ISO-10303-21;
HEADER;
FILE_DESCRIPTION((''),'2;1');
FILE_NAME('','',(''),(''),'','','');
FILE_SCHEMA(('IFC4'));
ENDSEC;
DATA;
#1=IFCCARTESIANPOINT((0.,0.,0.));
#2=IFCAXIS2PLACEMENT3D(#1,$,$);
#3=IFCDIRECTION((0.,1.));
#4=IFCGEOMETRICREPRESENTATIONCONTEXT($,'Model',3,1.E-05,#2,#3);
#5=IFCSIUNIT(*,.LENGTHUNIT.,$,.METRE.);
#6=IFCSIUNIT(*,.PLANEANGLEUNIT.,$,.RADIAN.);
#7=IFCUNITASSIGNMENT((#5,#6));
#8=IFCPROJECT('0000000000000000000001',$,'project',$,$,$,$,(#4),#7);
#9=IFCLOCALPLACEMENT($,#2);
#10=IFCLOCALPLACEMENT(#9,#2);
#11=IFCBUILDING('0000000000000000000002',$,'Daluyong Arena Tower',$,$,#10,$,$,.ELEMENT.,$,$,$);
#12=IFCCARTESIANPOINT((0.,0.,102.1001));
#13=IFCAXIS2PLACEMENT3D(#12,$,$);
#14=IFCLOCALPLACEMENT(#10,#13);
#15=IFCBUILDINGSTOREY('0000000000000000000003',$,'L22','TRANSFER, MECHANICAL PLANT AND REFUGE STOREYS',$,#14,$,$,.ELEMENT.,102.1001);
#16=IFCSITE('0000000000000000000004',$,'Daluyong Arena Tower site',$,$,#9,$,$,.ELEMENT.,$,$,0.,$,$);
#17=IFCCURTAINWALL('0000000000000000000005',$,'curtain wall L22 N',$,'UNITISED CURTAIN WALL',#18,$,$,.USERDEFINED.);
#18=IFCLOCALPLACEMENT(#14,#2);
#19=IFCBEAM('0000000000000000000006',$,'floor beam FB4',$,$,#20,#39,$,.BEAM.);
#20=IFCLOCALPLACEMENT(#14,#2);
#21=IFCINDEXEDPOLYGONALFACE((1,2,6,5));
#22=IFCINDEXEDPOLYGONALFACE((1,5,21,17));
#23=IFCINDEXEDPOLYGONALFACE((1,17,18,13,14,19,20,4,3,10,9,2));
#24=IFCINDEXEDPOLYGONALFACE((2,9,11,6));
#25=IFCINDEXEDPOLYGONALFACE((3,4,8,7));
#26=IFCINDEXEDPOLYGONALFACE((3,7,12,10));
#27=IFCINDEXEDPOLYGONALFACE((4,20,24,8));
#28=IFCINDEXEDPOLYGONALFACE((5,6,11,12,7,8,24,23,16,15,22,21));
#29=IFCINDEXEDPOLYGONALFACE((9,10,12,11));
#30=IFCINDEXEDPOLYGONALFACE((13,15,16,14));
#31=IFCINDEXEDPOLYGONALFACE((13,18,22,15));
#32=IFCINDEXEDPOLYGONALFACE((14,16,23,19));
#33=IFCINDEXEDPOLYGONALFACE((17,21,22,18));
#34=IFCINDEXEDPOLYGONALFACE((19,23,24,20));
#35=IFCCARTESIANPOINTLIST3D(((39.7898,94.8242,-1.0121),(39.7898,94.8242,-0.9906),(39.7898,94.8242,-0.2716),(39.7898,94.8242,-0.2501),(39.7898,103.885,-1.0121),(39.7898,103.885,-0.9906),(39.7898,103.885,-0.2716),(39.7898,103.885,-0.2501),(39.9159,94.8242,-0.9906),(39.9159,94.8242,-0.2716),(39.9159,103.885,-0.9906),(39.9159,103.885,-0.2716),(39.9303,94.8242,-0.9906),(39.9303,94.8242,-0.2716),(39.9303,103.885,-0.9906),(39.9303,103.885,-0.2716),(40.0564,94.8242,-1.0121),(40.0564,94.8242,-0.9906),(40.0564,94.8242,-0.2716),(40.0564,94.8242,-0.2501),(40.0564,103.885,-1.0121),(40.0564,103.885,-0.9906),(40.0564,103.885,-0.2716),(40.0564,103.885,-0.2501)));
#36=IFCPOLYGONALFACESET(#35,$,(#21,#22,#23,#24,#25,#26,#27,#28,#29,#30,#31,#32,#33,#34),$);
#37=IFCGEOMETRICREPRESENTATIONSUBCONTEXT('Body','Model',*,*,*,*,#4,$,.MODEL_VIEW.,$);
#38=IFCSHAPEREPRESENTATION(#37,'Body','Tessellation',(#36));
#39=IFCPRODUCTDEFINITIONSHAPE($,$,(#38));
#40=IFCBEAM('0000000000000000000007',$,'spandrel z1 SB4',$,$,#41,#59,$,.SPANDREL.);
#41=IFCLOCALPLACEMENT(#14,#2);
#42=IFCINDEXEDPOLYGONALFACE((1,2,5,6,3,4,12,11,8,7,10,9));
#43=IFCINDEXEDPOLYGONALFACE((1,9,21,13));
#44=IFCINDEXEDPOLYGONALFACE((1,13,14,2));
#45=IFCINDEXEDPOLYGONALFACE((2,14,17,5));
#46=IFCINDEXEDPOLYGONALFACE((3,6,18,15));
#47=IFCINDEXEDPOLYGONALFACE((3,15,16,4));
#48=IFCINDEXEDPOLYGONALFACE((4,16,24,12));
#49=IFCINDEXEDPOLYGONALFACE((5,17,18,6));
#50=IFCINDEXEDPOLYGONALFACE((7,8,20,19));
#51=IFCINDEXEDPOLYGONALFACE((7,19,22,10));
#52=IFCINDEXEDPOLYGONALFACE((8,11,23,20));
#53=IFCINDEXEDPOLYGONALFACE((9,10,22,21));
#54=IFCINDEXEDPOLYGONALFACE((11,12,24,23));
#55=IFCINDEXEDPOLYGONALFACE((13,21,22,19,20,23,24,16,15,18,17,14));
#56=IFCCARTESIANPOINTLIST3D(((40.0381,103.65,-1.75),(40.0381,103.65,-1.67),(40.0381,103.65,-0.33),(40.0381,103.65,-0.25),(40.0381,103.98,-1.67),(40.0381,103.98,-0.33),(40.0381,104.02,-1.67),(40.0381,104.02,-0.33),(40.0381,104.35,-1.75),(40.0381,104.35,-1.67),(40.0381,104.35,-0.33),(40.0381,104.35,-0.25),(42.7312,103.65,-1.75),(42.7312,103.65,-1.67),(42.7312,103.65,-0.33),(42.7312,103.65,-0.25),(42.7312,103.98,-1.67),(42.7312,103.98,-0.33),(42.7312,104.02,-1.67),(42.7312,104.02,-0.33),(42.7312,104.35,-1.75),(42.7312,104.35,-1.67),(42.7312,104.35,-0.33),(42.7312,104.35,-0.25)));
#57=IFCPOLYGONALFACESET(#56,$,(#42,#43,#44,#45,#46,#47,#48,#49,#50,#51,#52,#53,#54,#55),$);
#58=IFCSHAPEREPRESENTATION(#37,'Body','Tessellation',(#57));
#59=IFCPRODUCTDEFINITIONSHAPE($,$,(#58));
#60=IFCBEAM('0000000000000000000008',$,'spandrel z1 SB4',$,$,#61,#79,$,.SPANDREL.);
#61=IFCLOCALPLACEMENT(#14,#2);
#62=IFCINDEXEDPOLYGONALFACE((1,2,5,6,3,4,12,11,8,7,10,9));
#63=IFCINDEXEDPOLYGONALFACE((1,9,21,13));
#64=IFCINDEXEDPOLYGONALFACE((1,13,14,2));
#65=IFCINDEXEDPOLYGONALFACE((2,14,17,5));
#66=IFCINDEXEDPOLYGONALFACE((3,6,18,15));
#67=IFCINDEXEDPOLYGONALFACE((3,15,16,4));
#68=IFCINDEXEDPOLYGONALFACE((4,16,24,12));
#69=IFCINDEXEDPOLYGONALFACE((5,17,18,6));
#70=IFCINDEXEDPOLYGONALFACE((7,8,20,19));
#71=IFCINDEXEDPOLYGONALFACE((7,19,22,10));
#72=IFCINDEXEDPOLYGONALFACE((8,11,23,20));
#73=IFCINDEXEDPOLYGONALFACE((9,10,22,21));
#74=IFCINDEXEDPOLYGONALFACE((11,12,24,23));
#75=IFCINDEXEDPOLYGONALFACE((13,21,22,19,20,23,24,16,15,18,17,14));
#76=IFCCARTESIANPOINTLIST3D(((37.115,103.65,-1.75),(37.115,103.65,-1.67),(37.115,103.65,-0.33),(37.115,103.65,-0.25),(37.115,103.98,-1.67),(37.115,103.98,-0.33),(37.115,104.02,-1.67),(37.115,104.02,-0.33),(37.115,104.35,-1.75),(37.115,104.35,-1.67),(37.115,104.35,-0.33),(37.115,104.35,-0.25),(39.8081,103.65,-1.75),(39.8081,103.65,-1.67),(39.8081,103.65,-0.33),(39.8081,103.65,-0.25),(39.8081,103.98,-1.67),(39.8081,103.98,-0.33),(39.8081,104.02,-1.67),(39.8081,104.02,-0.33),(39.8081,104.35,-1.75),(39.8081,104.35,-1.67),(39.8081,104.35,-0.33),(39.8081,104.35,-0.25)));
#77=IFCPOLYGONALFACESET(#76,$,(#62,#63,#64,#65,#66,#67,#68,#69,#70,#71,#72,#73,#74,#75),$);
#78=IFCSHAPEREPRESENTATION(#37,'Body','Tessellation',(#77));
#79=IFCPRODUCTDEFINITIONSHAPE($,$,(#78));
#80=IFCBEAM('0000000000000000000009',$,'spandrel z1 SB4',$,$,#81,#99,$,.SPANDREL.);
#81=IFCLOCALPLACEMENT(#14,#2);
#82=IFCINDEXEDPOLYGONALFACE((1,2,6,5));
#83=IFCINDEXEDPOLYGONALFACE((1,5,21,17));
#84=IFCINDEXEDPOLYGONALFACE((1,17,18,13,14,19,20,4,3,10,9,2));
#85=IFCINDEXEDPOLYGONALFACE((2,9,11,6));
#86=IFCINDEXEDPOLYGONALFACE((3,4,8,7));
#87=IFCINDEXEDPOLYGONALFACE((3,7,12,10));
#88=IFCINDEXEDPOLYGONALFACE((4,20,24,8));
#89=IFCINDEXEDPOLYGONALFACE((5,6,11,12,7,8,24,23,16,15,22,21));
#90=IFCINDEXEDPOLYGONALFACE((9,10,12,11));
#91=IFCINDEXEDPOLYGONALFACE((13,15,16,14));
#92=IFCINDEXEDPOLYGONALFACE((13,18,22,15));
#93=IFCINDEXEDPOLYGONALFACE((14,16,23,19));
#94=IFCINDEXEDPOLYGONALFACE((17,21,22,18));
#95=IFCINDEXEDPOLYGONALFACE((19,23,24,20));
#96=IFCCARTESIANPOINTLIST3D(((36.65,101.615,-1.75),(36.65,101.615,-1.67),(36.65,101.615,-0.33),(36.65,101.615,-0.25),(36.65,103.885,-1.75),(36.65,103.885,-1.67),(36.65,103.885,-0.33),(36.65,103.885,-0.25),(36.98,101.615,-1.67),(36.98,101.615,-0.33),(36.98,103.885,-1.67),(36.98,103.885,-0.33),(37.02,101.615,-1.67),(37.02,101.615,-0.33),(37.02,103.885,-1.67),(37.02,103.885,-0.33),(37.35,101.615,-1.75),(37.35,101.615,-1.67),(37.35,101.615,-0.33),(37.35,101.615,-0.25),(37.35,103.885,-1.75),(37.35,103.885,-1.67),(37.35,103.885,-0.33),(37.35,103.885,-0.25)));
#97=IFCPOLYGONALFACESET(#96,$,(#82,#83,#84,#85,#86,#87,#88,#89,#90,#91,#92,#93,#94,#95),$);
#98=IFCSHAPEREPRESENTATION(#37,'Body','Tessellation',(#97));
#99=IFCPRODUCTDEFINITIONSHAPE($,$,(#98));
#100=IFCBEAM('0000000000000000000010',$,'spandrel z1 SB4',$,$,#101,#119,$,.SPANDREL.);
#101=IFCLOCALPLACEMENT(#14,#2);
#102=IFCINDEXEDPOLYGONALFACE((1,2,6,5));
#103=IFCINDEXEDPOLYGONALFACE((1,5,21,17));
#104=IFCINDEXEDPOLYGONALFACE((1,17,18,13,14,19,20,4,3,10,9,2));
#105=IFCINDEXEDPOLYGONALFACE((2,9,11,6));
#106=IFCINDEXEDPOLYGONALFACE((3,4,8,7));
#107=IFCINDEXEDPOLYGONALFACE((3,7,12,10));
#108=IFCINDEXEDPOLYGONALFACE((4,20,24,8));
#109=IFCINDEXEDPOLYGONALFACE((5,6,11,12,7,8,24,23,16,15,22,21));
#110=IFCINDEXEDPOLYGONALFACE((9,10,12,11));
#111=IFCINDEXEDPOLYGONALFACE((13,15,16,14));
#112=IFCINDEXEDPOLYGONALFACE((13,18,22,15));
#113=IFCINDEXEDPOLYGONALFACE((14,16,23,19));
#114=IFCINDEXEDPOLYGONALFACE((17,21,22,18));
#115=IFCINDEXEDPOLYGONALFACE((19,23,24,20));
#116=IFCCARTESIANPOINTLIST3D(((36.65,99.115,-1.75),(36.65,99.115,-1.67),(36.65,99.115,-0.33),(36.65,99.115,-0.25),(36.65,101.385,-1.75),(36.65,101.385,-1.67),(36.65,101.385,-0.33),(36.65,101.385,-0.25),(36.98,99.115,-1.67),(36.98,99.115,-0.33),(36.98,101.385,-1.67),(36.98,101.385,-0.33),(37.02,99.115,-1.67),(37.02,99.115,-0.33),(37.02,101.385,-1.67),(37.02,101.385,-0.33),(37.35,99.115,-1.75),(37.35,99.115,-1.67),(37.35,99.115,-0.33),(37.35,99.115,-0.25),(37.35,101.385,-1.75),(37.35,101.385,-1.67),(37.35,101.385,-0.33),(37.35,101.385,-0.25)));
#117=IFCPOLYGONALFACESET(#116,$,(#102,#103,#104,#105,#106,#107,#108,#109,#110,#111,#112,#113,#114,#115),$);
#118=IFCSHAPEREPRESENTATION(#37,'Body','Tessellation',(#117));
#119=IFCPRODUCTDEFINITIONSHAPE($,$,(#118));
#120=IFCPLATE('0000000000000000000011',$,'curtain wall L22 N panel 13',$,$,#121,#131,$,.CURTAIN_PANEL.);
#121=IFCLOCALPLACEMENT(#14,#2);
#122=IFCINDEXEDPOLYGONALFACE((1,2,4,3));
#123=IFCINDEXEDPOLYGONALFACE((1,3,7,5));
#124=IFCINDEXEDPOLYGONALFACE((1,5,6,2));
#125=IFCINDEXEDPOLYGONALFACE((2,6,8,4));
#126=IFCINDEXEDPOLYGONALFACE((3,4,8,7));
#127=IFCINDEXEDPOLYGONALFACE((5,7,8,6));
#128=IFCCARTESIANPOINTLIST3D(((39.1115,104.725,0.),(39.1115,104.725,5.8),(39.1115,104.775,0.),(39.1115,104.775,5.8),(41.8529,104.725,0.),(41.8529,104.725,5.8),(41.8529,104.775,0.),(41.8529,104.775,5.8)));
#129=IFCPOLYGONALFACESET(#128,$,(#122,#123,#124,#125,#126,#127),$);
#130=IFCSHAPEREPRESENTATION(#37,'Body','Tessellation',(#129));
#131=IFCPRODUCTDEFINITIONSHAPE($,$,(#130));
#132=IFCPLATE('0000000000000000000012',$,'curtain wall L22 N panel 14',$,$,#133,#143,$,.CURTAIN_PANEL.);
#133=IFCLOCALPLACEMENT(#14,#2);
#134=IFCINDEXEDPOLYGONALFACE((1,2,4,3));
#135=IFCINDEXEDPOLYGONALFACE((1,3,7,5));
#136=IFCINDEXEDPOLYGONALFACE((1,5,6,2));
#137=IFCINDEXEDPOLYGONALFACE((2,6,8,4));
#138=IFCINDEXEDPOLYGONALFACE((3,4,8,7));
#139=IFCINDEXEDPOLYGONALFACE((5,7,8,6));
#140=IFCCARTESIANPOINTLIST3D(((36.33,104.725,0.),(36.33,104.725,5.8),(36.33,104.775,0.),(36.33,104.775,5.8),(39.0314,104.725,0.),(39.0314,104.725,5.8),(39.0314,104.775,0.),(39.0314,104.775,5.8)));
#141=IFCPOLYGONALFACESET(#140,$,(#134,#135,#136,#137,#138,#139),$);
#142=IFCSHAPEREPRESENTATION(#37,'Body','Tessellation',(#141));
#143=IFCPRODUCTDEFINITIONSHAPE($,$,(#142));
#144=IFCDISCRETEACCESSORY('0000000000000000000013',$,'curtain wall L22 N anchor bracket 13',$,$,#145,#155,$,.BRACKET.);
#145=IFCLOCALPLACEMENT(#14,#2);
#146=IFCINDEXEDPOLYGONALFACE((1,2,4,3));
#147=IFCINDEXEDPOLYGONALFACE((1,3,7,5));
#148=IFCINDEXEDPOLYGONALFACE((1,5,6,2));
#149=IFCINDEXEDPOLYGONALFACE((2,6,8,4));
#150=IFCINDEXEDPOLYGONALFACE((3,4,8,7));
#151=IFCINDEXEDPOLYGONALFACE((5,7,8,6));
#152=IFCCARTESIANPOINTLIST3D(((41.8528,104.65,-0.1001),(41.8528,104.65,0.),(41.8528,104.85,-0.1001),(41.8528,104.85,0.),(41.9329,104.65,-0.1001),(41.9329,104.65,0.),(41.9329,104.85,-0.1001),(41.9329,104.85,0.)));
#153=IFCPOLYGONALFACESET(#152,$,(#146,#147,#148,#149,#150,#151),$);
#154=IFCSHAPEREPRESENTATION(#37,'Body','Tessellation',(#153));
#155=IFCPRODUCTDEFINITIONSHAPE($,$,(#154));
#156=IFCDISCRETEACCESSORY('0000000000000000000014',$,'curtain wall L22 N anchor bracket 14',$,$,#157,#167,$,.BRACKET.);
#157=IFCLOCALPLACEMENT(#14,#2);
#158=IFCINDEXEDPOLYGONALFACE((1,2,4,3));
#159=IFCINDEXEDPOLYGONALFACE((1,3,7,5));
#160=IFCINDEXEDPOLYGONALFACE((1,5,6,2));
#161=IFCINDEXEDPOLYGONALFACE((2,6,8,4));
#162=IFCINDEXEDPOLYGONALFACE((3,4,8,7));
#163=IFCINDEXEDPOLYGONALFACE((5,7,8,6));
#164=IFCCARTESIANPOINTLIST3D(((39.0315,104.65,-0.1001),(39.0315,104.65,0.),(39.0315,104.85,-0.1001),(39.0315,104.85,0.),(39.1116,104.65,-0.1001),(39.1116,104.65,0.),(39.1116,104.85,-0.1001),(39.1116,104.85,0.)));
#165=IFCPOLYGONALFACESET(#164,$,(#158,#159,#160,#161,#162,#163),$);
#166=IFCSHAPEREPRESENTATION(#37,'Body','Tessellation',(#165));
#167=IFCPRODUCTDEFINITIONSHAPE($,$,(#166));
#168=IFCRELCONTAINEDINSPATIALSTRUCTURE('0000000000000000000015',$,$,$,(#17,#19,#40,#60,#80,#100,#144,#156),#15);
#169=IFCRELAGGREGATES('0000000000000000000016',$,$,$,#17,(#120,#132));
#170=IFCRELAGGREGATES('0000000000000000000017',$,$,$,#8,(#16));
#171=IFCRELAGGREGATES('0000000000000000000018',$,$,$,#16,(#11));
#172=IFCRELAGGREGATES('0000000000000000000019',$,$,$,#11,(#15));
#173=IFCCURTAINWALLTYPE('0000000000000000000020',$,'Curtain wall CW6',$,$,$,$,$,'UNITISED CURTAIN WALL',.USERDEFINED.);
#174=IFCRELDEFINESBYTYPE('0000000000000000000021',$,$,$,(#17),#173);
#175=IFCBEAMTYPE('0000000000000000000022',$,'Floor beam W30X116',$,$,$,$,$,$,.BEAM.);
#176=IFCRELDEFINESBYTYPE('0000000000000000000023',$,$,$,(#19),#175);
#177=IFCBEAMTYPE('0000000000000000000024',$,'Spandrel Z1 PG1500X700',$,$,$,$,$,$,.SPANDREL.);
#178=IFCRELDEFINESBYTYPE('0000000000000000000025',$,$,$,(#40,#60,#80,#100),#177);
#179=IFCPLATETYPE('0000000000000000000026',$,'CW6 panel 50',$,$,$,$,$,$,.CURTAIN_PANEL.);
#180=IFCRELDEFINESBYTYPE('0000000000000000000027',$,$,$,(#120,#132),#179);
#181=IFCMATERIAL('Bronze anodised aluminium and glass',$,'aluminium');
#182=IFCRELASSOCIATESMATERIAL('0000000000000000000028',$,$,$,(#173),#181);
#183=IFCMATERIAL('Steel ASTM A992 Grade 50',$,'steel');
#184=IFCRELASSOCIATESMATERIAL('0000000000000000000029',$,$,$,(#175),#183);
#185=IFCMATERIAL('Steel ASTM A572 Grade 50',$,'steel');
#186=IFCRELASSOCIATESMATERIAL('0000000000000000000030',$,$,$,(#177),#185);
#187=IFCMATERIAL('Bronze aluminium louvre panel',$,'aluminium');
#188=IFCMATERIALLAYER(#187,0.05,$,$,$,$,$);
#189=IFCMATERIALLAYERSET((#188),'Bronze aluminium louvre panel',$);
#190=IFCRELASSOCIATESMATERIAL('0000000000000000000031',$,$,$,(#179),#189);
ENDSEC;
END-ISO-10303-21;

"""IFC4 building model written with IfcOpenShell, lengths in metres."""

from ifc_helpers import new_model, si_unit, direction, frame, origin, origin_2d, place, context, subcontext, project, spatial, rectangle, i_section, extrude, material, layer, layer_set, material_profile, profile_set, type_object, element, aggregate, save


model = new_model("IFC4")

# Units and contexts
model_context = context("Model", 3, precision=1e-05, world=origin(), true_north=direction((0.0, 1.0)))
body_context = subcontext(model_context, "Body", "Model", "MODEL_VIEW")
ifc_project = project(units=[si_unit("LENGTHUNIT", "METRE"), si_unit("PLANEANGLEUNIT", "RADIAN")], contexts=[model_context])

# Site, building, storey
site_placement = place(None, origin())
site = spatial("IfcSite", under=ifc_project, at=site_placement, Name="Daluyong Arena Tower site", CompositionType="ELEMENT", RefElevation=0.0)
building_placement = place(site_placement, origin())
building = spatial("IfcBuilding", under=site, at=building_placement, Name="Daluyong Arena Tower", CompositionType="ELEMENT")
storey_placement = place(building_placement, frame((0.0, 0.0, 102.1001)))
storey = spatial("IfcBuildingStorey", under=building, at=storey_placement, Name="L22", Description="TRANSFER, MECHANICAL PLANT AND REFUGE STOREYS", CompositionType="ELEMENT", Elevation=102.1001)

# Curtain wall
ifc_material_1 = material(Name="Bronze anodised aluminium and glass", Category="aluminium")
curtain_wall_type = type_object("IfcCurtainWallType", Name="Curtain wall CW6", ElementType="UNITISED CURTAIN WALL", PredefinedType="USERDEFINED", material=ifc_material_1)
curtain_wall_placement = place(storey_placement, origin())
curtain_wall = element("IfcCurtainWall", 1, at=curtain_wall_placement, inside=storey, type_object=curtain_wall_type, Name="curtain wall L22 N", ObjectType="UNITISED CURTAIN WALL", PredefinedType="USERDEFINED")

# Beams
ifc_material_2 = material(Name="Steel ASTM A992 Grade 50", Category="steel")
ifc_material_profile_1 = material_profile(ifc_material_2, i_section(OverallWidth=0.2666, OverallDepth=0.762, WebThickness=0.0144, FlangeThickness=0.0215, at=origin_2d()))
ifc_profile_set_1 = profile_set([ifc_material_profile_1], Name="Steel ASTM A992 Grade 50")
beam_type_1 = type_object("IfcBeamType", Name="Floor beam W30X116", PredefinedType="BEAM", material=ifc_profile_set_1)
beam_placement = place(storey_placement, frame((39.9231, 103.885, -0.6311), z_axis=(0.0, -1.0, 0.0), x_axis=(1.0, 0.0, 0.0)))
element("IfcBeam", 2, at=beam_placement, inside=storey, type_object=beam_type_1, Name="floor beam FB4", PredefinedType="BEAM", context=body_context, shape_type="SweptSolid", body=[
    extrude(i_section(OverallWidth=0.2666, OverallDepth=0.762, WebThickness=0.0144, FlangeThickness=0.0215, at=origin_2d()), origin(), (0.0, 0.0, 1.0), 9.0608),
])
ifc_material_3 = material(Name="Steel ASTM A572 Grade 50", Category="steel")
ifc_material_profile_2 = material_profile(ifc_material_3, i_section(OverallWidth=0.7, OverallDepth=1.5, WebThickness=0.04, FlangeThickness=0.08, at=origin_2d()))
ifc_profile_set_2 = profile_set([ifc_material_profile_2], Name="Steel ASTM A572 Grade 50")
beam_type_2 = type_object("IfcBeamType", Name="Spandrel Z1 PG1500X700", PredefinedType="SPANDREL", material=ifc_profile_set_2)
for number, where, z_axis, x_axis, name in (
    (3, (42.7312, 104.0, -1.0), (-1.0, 0.0, 0.0), (0.0, -1.0, 0.0), "spandrel z1 SB4"),
    (4, (39.8081, 104.0, -1.0), (-1.0, 0.0, 0.0), (0.0, -1.0, 0.0), "spandrel z1 SB4"),
):
    element("IfcBeam", number, at=place(storey_placement, frame(where, z_axis=z_axis, x_axis=x_axis)), inside=storey, type_object=beam_type_2, Name=name, PredefinedType="SPANDREL", context=body_context, shape_type="SweptSolid", body=[
        extrude(i_section(OverallWidth=0.7, OverallDepth=1.5, WebThickness=0.04, FlangeThickness=0.08, at=origin_2d()), origin(), (0.0, 0.0, 1.0), 2.6931),
    ])
for number, where, z_axis, x_axis, name in (
    (5, (37.0, 103.885, -1.0), (0.0, -1.0, 0.0), (1.0, 0.0, 0.0), "spandrel z1 SB4"),
    (6, (37.0, 101.385, -1.0), (0.0, -1.0, 0.0), (1.0, 0.0, 0.0), "spandrel z1 SB4"),
):
    element("IfcBeam", number, at=place(storey_placement, frame(where, z_axis=z_axis, x_axis=x_axis)), inside=storey, type_object=beam_type_2, Name=name, PredefinedType="SPANDREL", context=body_context, shape_type="SweptSolid", body=[
        extrude(i_section(OverallWidth=0.7, OverallDepth=1.5, WebThickness=0.04, FlangeThickness=0.08, at=origin_2d()), origin(), (0.0, 0.0, 1.0), 2.27),
    ])

# Plates
ifc_material_4 = material(Name="Bronze aluminium louvre panel", Category="aluminium")
ifc_layer = layer(ifc_material_4, 0.05)
ifc_layer_set = layer_set([ifc_layer], Name="Bronze aluminium louvre panel")
plate_type = type_object("IfcPlateType", Name="CW6 panel 50", PredefinedType="CURTAIN_PANEL", material=ifc_layer_set)
plate_1_placement = place(storey_placement, frame((40.4822, 104.75, 0.0), z_axis=(0.0, 0.0, 1.0), x_axis=(-1.0, 0.0, 0.0)))
plate_1 = element("IfcPlate", 7, at=plate_1_placement, type_object=plate_type, Name="curtain wall L22 N panel 13", PredefinedType="CURTAIN_PANEL", context=body_context, shape_type="SweptSolid", body=[
    extrude(rectangle(XDim=2.7415, YDim=0.05, at=origin_2d()), origin(), (0.0, 0.0, 1.0), 5.8),
])
plate_2_placement = place(storey_placement, frame((37.6807, 104.75, 0.0), z_axis=(0.0, 0.0, 1.0), x_axis=(-1.0, 0.0, 0.0)))
plate_2 = element("IfcPlate", 8, at=plate_2_placement, type_object=plate_type, Name="curtain wall L22 N panel 14", PredefinedType="CURTAIN_PANEL", context=body_context, shape_type="SweptSolid", body=[
    extrude(rectangle(XDim=2.7014, YDim=0.05, at=origin_2d()), origin(), (0.0, 0.0, 1.0), 5.8),
])
aggregate(curtain_wall, [plate_1, plate_2])

# Discrete accessories
for number, where, z_axis, x_axis, name in (
    (9, (41.8928, 104.75, -0.1001), (0.0, 0.0, 1.0), (-1.0, 0.0, 0.0), "curtain wall L22 N anchor bracket 13"),
    (10, (39.0715, 104.75, -0.1001), (0.0, 0.0, 1.0), (-1.0, 0.0, 0.0), "curtain wall L22 N anchor bracket 14"),
):
    element("IfcDiscreteAccessory", number, at=place(storey_placement, frame(where, z_axis=z_axis, x_axis=x_axis)), inside=storey, Name=name, PredefinedType="BRACKET", context=body_context, shape_type="SweptSolid", body=[
        extrude(rectangle(XDim=0.0801, YDim=0.2, at=origin_2d()), origin(), (0.0, 0.0, 1.0), 0.1001),
    ])

save(model, "model.ifc")
